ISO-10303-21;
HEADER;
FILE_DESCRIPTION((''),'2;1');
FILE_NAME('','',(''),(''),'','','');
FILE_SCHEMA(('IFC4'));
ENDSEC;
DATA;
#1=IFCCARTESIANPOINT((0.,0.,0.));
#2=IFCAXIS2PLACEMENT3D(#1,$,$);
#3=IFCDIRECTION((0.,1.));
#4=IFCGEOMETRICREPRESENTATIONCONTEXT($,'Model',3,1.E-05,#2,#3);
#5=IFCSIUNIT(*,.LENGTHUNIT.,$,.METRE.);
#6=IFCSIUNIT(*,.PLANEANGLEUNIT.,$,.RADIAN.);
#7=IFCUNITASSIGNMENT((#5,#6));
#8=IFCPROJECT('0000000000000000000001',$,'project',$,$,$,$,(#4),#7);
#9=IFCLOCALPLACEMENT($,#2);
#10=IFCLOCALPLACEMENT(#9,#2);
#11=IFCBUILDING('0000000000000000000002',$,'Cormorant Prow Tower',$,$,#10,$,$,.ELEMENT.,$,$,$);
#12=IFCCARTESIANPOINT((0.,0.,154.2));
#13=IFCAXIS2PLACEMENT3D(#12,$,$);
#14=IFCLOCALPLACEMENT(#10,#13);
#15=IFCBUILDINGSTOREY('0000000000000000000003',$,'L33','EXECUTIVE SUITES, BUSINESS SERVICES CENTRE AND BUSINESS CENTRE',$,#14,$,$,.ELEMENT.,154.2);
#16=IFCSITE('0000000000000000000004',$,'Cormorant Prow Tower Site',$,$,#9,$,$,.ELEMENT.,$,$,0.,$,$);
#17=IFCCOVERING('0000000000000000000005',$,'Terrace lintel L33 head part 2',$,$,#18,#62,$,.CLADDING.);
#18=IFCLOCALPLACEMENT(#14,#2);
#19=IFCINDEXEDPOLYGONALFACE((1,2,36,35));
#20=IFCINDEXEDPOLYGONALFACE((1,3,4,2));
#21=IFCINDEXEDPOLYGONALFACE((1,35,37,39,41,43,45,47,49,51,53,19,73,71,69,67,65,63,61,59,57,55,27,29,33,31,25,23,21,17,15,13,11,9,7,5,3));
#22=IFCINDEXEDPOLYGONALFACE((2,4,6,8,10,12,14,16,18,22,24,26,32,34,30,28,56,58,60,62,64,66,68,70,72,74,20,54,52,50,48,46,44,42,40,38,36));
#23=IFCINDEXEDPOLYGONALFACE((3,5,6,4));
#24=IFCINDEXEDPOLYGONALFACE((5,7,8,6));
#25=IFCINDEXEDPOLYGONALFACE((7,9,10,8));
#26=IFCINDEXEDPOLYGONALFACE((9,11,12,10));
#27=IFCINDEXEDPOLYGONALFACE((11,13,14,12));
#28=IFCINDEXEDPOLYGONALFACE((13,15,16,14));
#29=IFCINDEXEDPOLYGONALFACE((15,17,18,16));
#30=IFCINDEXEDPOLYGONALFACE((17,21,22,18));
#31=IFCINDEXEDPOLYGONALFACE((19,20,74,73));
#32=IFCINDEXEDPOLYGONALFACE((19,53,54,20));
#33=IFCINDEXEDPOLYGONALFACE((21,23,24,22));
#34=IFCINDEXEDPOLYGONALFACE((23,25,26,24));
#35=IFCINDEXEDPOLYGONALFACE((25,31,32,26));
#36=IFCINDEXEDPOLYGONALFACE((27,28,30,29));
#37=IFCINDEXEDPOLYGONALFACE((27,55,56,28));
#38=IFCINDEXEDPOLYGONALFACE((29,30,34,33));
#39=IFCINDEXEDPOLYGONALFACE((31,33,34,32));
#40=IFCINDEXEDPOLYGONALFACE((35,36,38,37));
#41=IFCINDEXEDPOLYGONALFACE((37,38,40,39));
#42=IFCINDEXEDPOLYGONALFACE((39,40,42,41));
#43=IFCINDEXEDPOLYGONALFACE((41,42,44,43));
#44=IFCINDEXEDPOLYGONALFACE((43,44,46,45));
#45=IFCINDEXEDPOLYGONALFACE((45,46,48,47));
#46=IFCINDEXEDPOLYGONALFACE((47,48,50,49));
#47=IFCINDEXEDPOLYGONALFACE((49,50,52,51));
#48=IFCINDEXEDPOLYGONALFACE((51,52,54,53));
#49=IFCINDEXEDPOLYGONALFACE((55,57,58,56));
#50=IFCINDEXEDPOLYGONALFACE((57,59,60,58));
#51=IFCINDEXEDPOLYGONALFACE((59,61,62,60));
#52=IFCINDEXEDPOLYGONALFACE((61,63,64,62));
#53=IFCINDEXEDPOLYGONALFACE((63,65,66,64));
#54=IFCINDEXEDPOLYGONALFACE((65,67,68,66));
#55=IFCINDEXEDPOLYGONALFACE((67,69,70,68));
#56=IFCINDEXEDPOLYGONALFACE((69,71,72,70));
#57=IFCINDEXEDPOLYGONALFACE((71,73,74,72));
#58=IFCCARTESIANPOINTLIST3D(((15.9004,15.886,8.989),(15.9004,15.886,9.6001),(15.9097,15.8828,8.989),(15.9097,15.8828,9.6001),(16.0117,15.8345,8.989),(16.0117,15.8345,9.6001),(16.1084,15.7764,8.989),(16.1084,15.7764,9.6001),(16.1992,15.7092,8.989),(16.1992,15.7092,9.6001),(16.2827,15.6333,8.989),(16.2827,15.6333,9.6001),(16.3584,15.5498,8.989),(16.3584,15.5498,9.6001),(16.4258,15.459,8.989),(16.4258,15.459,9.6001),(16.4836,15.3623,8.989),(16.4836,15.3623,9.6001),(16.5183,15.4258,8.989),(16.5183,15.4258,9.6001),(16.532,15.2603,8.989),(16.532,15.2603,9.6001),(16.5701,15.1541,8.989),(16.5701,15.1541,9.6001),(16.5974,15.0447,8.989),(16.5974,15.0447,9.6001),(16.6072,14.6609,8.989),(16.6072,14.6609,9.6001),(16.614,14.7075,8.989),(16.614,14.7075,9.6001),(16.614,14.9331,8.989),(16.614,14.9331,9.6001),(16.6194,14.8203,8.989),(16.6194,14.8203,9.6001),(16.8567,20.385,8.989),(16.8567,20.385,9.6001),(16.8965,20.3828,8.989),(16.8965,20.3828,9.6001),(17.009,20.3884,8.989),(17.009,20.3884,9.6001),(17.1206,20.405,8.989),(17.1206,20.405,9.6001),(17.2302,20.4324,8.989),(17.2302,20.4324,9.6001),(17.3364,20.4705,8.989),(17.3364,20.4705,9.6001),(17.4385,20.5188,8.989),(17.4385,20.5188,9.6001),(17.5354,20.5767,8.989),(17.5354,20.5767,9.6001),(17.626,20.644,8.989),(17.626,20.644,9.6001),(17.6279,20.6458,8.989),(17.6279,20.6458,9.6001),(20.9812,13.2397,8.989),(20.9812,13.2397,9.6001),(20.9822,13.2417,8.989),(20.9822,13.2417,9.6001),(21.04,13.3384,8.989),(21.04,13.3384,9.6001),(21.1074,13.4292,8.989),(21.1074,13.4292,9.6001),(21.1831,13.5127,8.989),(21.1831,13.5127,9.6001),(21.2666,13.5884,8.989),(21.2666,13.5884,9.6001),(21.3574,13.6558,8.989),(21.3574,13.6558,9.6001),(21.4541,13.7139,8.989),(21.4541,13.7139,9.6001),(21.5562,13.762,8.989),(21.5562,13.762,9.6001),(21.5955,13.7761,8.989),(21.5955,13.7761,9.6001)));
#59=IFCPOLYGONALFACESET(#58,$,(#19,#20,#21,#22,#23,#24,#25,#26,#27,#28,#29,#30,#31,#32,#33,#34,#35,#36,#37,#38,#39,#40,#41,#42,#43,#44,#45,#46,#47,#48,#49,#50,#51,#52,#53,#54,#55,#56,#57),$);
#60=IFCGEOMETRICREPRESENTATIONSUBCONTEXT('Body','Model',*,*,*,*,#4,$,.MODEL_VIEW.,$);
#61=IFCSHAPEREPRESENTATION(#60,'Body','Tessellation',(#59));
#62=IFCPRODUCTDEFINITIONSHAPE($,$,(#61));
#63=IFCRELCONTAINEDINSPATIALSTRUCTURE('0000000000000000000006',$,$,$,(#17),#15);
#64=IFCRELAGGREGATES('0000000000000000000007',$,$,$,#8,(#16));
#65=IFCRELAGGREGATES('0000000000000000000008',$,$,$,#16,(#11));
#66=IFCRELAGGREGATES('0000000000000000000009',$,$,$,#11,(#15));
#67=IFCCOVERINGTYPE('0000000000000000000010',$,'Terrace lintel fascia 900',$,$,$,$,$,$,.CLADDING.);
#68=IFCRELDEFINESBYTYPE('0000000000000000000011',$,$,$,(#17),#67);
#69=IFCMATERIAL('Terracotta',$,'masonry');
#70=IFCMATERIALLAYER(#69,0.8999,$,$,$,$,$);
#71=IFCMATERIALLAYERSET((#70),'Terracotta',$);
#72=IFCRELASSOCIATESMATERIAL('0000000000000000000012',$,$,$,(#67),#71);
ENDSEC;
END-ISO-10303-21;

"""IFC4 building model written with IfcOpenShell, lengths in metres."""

from ifc_helpers import new_model, si_unit, direction, frame, origin, place, context, subcontext, project, spatial, polyline, outline, extrude, material, layer, layer_set, type_object, element, save


model = new_model("IFC4")

# Units and contexts
model_context = context("Model", 3, precision=1e-05, world=origin(), true_north=direction((0.0, 1.0)))
body_context = subcontext(model_context, "Body", "Model", "MODEL_VIEW")
ifc_project = project(units=[si_unit("LENGTHUNIT", "METRE"), si_unit("PLANEANGLEUNIT", "RADIAN")], contexts=[model_context])

# Site, building, storey
site_placement = place(None, origin())
site = spatial("IfcSite", under=ifc_project, at=site_placement, Name="Cormorant Prow Tower Site", CompositionType="ELEMENT", RefElevation=0.0)
building_placement = place(site_placement, origin())
building = spatial("IfcBuilding", under=site, at=building_placement, Name="Cormorant Prow Tower", CompositionType="ELEMENT")
storey_placement = place(building_placement, frame((0.0, 0.0, 154.2)))
storey = spatial("IfcBuildingStorey", under=building, at=storey_placement, Name="L33", Description="EXECUTIVE SUITES, BUSINESS SERVICES CENTRE AND BUSINESS CENTRE", CompositionType="ELEMENT", Elevation=154.2)

# Covering
ifc_material_1 = material(Name="Terracotta", Category="masonry")
ifc_layer_1 = layer(ifc_material_1, 0.8999)
ifc_layer_set_1 = layer_set([ifc_layer_1], Name="Terracotta")
covering_type = type_object("IfcCoveringType", Name="Terrace lintel fascia 900", PredefinedType="CLADDING", material=ifc_layer_set_1)
covering_1_placement = place(storey_placement, frame((0.0, 0.0, 8.989)))
element("IfcCovering", 1, at=covering_1_placement, inside=storey, type_object=covering_type, Name="Terrace lintel L33 head part 2", PredefinedType="CLADDING", context=body_context, shape_type="SweptSolid", body=[
    extrude(outline(polyline([(16.614, 14.7075), (16.6194, 14.8203), (16.614, 14.9331), (16.5974, 15.0447), (16.5701, 15.1541), (16.532, 15.2603), (16.4836, 15.3623), (16.4258, 15.459), (16.3584, 15.5498), (16.2827, 15.6333), (16.1992, 15.7092), (16.1084, 15.7764), (16.0117, 15.8345), (15.9097, 15.8828), (15.9004, 15.886), (16.8567, 20.385), (16.8965, 20.3828), (17.009, 20.3884), (17.1206, 20.405), (17.2302, 20.4324), (17.3364, 20.4705), (17.4385, 20.5188), (17.5354, 20.5767), (17.626, 20.644), (17.6279, 20.6458), (16.5183, 15.4258), (21.5955, 13.7761), (21.5562, 13.762), (21.4541, 13.7139), (21.3574, 13.6558), (21.2666, 13.5884), (21.1831, 13.5127), (21.1074, 13.4292), (21.04, 13.3384), (20.9822, 13.2417), (20.9812, 13.2397), (16.6072, 14.6609), (16.614, 14.7075)])), origin(), (0.0, 0.0, 1.0), 0.6111),
])

save(model, "model.ifc")
